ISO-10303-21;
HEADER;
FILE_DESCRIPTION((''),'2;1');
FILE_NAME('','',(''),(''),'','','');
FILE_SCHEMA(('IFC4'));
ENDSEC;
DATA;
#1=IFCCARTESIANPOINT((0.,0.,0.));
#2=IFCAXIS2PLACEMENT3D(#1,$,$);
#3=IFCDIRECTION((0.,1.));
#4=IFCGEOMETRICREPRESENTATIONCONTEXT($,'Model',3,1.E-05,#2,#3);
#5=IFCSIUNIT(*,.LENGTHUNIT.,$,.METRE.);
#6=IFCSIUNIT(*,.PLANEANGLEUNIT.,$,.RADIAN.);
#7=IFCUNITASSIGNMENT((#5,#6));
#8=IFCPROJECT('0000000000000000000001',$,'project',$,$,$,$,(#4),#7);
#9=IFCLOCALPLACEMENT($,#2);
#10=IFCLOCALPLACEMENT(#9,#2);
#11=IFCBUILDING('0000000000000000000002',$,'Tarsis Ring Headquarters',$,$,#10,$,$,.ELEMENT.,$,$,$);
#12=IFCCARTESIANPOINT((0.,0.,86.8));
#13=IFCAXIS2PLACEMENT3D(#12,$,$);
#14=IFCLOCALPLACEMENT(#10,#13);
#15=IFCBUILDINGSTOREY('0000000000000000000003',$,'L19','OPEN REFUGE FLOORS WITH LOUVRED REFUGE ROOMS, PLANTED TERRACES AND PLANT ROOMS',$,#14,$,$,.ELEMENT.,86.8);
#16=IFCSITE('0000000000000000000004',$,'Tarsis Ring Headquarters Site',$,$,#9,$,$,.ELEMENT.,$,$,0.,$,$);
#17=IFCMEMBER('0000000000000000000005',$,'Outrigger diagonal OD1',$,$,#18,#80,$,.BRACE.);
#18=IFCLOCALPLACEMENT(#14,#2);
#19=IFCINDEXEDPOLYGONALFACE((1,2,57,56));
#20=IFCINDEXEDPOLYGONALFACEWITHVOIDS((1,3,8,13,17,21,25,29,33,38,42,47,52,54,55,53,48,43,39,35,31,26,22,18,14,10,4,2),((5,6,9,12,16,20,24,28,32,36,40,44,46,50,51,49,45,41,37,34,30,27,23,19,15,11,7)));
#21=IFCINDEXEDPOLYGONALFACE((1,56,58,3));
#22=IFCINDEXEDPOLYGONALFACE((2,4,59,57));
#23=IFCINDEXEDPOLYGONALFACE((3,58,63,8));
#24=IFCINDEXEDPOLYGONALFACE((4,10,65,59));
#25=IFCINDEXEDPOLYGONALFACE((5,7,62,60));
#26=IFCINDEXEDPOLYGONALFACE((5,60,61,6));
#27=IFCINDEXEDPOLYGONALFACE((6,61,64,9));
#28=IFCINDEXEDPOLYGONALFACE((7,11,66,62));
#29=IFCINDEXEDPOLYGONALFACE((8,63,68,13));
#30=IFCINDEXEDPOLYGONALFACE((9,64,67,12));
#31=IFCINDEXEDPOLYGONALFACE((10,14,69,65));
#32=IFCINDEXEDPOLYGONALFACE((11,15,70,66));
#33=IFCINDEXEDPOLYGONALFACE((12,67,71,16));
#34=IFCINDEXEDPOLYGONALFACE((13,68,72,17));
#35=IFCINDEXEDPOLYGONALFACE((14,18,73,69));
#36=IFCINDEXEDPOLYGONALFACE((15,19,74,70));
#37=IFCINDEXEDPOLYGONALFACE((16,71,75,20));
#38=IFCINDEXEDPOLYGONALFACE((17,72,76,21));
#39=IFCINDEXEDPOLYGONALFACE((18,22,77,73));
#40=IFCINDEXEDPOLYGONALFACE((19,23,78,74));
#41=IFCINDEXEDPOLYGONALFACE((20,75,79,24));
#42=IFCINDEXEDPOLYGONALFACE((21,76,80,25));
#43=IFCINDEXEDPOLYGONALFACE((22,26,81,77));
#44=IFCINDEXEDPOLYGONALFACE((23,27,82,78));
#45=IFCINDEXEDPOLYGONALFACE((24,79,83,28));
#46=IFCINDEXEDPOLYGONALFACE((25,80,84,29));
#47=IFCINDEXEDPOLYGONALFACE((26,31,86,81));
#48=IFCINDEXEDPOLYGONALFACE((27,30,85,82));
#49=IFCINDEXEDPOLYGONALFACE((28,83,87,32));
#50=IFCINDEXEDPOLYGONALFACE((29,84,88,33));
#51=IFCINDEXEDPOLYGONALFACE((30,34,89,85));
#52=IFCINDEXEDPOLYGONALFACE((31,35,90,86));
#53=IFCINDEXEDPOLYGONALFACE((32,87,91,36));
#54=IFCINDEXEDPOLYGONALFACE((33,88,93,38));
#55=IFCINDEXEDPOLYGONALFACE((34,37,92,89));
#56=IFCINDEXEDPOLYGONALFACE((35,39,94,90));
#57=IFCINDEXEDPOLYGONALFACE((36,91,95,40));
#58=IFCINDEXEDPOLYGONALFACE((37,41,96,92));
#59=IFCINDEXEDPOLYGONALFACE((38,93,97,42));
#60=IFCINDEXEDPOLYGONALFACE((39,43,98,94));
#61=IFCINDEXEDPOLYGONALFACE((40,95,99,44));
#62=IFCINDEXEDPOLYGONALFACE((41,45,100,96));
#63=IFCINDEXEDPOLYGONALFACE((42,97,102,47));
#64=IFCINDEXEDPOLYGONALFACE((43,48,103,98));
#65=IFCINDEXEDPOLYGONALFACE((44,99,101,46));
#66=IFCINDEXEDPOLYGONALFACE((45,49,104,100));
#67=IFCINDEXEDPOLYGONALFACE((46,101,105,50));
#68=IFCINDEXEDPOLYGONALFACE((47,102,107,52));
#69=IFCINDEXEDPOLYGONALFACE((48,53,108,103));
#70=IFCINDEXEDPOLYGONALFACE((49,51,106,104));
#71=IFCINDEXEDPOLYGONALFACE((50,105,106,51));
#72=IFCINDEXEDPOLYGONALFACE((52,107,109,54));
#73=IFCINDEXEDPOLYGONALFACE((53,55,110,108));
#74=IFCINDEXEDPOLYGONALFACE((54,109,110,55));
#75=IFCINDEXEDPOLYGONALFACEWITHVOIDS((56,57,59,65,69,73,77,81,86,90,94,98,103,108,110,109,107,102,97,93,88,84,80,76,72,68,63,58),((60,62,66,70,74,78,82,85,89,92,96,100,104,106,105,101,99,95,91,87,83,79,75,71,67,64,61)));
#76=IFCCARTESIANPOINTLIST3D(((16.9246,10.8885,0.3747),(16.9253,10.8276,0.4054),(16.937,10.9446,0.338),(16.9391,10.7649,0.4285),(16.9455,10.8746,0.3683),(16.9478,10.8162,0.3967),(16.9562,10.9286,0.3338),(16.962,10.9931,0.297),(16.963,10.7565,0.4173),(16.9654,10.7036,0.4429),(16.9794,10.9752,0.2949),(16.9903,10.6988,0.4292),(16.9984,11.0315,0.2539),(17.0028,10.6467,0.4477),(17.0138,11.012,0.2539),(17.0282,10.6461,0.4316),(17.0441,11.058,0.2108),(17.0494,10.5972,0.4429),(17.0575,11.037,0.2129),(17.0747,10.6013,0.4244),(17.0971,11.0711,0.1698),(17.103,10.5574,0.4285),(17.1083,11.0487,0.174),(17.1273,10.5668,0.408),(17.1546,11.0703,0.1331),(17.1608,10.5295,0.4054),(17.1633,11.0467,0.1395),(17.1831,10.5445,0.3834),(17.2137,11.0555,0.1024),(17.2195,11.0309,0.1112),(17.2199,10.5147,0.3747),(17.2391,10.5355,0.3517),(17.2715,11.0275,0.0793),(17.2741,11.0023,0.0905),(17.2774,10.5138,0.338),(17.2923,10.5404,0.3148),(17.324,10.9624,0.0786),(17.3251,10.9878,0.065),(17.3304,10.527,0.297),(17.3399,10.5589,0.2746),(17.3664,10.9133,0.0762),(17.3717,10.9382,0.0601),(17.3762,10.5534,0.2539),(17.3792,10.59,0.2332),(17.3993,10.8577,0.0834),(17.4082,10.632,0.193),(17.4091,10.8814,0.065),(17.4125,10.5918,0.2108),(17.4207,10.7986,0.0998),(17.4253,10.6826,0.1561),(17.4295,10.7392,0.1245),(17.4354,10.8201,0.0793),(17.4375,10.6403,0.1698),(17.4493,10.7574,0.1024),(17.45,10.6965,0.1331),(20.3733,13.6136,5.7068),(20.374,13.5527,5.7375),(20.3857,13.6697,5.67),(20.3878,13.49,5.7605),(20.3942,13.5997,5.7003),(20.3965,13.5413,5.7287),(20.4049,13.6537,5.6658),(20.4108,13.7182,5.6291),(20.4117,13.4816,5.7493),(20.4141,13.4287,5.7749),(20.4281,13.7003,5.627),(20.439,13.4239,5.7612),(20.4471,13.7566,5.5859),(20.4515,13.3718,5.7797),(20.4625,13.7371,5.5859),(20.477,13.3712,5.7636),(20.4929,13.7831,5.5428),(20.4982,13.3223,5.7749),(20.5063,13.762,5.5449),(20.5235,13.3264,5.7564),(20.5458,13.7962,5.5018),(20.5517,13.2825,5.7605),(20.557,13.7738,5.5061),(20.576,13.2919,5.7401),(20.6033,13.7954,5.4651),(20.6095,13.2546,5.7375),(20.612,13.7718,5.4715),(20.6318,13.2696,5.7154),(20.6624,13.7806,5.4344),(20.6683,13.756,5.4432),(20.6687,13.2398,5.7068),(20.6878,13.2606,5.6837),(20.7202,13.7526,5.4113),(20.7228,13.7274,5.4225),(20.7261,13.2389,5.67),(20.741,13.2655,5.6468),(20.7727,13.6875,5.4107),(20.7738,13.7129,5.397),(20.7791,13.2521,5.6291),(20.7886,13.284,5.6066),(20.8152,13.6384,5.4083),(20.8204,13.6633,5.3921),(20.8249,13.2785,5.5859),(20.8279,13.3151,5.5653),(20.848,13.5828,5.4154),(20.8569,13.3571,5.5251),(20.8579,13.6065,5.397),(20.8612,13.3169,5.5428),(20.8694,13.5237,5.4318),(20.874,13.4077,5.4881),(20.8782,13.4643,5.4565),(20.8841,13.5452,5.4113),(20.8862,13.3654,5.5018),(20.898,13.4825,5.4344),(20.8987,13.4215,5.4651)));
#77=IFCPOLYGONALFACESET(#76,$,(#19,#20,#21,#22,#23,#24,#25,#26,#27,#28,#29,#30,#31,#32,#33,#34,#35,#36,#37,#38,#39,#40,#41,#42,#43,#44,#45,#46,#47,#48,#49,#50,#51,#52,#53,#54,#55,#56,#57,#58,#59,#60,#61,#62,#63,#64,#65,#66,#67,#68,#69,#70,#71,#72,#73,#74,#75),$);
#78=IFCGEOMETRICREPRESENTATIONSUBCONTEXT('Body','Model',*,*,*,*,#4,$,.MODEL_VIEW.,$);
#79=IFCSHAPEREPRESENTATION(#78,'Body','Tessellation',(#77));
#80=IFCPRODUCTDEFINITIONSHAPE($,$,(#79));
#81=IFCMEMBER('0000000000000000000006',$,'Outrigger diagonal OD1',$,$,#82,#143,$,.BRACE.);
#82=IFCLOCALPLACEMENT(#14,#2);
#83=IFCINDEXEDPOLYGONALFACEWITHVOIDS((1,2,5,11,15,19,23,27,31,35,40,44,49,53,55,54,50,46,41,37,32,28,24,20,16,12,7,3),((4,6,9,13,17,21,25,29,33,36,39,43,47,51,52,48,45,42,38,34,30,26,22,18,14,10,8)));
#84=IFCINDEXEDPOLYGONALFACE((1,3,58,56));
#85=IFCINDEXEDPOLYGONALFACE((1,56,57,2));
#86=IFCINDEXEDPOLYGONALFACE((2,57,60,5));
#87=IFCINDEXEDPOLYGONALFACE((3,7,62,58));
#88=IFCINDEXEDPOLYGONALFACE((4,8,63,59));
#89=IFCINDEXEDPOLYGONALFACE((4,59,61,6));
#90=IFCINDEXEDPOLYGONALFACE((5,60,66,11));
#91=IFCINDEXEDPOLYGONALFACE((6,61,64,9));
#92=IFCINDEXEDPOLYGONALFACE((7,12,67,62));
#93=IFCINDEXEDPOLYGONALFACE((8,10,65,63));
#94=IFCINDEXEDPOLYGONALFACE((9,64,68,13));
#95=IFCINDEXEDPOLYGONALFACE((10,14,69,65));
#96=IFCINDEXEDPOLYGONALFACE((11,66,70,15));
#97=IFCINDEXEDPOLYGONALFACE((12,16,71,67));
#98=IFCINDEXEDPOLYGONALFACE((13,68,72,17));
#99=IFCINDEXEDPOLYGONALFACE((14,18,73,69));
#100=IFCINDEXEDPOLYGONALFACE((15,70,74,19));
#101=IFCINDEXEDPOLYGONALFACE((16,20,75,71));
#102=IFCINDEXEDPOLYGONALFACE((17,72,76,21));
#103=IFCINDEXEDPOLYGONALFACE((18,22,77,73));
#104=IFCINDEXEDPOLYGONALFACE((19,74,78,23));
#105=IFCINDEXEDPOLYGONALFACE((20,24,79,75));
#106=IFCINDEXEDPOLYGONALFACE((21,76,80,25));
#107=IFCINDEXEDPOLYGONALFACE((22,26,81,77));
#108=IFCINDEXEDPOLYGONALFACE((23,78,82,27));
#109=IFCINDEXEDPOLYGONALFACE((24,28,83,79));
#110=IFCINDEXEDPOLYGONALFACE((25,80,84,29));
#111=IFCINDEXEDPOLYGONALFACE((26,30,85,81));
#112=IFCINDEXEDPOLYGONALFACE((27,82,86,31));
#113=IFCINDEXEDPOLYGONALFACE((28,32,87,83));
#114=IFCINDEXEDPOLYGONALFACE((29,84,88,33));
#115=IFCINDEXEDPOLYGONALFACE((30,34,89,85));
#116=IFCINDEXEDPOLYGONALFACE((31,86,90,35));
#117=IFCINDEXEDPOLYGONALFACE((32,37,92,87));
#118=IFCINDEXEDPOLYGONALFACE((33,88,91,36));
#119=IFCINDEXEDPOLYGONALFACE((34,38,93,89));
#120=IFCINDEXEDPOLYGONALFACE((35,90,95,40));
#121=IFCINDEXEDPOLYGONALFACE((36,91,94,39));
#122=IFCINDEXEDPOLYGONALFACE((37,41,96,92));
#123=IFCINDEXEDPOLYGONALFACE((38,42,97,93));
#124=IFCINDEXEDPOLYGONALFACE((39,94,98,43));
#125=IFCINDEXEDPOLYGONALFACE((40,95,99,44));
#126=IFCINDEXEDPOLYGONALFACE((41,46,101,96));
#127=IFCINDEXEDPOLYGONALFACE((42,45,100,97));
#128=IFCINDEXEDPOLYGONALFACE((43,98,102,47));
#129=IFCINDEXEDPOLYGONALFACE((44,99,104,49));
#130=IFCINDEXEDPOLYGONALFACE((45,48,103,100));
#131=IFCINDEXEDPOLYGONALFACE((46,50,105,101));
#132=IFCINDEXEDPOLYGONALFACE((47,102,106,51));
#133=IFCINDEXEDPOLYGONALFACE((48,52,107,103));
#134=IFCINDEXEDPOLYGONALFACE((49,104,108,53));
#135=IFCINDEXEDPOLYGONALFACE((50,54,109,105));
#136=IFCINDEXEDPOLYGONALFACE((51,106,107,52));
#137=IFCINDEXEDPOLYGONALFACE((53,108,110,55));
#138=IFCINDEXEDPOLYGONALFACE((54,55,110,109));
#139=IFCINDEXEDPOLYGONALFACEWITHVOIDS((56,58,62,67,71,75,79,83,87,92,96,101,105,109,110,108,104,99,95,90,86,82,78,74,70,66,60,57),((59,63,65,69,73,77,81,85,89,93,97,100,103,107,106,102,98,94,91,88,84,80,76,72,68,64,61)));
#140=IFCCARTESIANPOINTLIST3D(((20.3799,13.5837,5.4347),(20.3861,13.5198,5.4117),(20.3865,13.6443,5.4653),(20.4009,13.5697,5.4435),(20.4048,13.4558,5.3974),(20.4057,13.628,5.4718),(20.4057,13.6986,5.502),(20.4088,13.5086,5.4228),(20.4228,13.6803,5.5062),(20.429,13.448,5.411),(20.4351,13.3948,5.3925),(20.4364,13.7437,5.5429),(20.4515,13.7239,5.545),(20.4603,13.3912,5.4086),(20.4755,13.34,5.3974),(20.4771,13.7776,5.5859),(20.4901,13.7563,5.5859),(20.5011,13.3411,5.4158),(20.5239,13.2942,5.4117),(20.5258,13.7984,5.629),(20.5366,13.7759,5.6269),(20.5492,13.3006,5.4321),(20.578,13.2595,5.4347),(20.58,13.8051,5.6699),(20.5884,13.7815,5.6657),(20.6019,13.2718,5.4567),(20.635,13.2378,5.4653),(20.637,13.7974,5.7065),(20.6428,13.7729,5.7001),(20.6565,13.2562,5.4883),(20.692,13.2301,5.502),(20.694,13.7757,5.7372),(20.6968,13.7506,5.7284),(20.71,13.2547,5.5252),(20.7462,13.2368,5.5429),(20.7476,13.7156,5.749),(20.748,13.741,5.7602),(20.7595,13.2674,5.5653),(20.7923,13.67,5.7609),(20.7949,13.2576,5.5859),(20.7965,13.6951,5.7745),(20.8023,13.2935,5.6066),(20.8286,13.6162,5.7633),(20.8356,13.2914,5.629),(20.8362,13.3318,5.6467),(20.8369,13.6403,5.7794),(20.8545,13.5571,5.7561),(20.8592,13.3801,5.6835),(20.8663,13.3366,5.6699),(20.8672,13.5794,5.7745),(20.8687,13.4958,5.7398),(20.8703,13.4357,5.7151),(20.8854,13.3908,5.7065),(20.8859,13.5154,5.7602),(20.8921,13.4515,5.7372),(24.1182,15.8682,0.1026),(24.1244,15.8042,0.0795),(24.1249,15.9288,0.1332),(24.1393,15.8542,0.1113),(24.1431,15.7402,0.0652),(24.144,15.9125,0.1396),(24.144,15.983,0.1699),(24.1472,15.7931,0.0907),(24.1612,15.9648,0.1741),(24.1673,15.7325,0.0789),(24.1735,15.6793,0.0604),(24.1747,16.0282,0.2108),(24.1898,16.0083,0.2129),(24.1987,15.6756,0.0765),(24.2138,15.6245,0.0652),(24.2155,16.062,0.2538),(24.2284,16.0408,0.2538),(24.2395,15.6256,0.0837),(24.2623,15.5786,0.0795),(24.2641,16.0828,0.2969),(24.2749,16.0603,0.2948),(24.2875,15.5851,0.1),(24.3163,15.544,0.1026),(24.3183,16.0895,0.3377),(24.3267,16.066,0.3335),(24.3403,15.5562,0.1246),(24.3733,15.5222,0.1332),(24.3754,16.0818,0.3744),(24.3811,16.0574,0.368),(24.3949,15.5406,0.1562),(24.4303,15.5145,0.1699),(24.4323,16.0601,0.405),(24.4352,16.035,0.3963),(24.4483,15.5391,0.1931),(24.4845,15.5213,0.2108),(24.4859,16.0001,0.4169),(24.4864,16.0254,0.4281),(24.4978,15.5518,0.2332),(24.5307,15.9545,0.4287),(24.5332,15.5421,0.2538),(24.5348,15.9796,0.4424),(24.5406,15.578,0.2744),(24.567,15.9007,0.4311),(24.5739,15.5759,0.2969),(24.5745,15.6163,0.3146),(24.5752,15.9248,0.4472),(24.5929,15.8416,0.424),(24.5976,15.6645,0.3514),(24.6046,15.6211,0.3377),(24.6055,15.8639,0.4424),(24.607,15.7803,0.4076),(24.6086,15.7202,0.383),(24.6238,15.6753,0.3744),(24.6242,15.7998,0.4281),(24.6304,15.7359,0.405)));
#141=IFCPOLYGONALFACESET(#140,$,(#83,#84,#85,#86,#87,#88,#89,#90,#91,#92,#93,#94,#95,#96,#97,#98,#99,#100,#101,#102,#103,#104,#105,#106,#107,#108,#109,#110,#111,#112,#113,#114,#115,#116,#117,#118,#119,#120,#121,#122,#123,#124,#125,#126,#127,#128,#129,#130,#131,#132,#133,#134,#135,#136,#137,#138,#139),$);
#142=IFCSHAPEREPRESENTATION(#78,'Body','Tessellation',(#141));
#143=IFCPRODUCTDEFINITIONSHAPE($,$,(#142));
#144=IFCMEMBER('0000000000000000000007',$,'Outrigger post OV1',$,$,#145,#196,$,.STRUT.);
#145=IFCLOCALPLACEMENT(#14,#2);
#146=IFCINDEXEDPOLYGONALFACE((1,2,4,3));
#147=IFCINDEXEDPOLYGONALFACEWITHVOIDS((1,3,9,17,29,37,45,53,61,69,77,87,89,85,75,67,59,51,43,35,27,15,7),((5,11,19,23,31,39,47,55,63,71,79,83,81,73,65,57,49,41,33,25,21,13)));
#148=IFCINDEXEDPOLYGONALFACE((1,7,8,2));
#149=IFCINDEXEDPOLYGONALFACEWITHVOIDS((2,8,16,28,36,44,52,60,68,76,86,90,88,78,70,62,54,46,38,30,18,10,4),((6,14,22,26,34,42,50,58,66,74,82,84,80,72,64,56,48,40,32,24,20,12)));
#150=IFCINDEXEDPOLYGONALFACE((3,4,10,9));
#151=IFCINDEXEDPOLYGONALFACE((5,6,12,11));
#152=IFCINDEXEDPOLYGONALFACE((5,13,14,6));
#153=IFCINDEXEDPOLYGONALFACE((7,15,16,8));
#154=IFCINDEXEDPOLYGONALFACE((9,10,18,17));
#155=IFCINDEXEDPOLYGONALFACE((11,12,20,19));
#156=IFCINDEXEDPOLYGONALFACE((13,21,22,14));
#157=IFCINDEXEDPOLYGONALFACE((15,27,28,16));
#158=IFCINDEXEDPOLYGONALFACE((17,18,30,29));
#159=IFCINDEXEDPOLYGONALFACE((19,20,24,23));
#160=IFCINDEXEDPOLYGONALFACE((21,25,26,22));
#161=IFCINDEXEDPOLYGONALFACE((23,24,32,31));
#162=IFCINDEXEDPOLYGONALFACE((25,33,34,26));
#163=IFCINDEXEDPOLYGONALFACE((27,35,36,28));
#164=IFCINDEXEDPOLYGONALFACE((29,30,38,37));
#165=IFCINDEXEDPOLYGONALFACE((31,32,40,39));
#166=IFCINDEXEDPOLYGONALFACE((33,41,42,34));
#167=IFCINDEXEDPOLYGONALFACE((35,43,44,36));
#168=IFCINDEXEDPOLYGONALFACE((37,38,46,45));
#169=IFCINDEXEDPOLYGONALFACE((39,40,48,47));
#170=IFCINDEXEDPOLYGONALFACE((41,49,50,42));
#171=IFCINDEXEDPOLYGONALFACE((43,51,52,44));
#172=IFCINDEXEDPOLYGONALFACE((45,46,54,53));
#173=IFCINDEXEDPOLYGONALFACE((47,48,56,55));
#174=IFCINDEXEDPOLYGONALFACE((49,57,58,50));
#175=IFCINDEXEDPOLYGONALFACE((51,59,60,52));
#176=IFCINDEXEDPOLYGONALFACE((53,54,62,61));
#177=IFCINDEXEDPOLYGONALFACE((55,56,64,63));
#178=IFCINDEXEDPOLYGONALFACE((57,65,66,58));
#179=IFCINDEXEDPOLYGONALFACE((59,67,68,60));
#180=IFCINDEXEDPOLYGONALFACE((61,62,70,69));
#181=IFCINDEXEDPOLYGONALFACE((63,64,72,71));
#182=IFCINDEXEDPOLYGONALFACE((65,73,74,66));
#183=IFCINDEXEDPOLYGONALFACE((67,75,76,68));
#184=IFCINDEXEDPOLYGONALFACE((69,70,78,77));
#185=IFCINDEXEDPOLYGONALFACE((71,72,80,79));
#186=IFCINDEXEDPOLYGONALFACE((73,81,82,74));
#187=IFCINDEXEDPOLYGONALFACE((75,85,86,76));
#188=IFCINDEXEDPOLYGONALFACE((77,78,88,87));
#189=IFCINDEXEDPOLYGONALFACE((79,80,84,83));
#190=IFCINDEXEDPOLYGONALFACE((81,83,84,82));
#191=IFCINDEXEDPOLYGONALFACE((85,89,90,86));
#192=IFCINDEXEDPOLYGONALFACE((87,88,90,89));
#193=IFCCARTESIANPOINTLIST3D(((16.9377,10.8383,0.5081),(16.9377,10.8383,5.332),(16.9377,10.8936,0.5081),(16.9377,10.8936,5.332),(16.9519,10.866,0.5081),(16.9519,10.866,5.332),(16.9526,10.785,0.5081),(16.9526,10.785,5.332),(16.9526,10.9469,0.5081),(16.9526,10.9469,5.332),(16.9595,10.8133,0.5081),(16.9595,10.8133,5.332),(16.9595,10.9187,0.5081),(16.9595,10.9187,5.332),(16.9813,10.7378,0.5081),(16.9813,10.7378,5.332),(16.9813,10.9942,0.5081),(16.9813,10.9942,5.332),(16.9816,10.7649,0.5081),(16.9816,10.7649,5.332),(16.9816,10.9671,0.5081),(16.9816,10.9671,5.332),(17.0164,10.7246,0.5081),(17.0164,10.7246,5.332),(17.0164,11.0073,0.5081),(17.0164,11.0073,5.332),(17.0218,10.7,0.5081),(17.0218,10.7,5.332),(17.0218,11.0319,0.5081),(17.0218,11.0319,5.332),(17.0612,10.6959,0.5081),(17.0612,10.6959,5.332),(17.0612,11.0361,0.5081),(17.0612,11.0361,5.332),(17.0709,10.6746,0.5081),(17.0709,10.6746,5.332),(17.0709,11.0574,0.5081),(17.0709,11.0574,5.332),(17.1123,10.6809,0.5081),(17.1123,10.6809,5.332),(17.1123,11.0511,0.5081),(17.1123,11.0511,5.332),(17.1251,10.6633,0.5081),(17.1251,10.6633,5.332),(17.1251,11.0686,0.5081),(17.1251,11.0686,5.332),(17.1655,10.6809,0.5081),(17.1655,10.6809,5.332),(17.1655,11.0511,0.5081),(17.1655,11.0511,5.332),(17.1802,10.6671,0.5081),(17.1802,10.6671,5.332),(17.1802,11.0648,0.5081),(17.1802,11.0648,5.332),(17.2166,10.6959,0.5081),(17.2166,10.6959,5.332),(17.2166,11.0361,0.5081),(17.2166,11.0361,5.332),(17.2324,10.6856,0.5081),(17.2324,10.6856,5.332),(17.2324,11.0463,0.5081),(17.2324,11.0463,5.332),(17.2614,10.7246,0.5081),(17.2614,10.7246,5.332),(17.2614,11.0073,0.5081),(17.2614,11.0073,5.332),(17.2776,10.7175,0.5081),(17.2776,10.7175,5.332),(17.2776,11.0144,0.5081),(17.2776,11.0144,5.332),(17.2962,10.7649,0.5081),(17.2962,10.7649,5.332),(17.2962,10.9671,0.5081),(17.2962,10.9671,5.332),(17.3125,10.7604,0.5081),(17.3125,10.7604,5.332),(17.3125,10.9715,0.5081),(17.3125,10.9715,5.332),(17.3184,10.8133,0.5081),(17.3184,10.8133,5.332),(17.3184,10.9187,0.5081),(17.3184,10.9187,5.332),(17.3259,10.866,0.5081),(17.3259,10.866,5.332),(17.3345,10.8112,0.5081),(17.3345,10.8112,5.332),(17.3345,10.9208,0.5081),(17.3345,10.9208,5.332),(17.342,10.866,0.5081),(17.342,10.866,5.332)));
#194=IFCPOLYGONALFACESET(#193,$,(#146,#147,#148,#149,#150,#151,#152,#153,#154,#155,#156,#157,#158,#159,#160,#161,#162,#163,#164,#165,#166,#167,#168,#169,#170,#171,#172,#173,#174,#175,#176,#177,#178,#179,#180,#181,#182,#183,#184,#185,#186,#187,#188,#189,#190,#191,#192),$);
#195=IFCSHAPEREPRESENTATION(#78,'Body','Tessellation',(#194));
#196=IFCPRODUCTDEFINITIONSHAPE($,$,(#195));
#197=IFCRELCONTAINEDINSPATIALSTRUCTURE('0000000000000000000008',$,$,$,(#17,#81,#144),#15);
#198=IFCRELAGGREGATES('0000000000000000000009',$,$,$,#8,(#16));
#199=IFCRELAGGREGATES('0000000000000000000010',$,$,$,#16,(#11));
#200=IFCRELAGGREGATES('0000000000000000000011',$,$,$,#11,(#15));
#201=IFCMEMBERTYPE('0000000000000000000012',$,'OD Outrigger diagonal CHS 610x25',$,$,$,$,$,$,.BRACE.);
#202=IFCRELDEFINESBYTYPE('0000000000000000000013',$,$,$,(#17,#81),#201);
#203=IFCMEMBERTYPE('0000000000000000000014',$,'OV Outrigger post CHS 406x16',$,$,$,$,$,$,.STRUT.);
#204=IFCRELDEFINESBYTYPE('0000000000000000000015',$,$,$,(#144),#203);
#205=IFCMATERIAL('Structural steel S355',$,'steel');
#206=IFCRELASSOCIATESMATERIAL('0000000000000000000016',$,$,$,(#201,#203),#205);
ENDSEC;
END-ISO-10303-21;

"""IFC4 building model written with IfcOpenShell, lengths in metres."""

from ifc_helpers import new_model, si_unit, direction, frame, origin, origin_2d, place, context, subcontext, project, spatial, hollow_circle, extrude, material, material_profile, profile_set, type_object, element, save


model = new_model("IFC4")

# Units and contexts
model_context = context("Model", 3, precision=1e-05, world=origin(), true_north=direction((0.0, 1.0)))
body_context = subcontext(model_context, "Body", "Model", "MODEL_VIEW")
ifc_project = project(units=[si_unit("LENGTHUNIT", "METRE"), si_unit("PLANEANGLEUNIT", "RADIAN")], contexts=[model_context])

# Site, building, storey
site_placement = place(None, origin())
site = spatial("IfcSite", under=ifc_project, at=site_placement, Name="Tarsis Ring Headquarters Site", CompositionType="ELEMENT", RefElevation=0.0)
building_placement = place(site_placement, origin())
building = spatial("IfcBuilding", under=site, at=building_placement, Name="Tarsis Ring Headquarters", CompositionType="ELEMENT")
storey_placement = place(building_placement, frame((0.0, 0.0, 86.8)))
storey = spatial("IfcBuildingStorey", under=building, at=storey_placement, Name="L19", Description="OPEN REFUGE FLOORS WITH LOUVRED REFUGE ROOMS, PLANTED TERRACES AND PLANT ROOMS", CompositionType="ELEMENT", Elevation=86.8)

# Shared definitions
ifc_material_1 = material(Name="Structural steel S355", Category="steel")

# Members
ifc_material_profile_1 = material_profile(ifc_material_1, hollow_circle(Radius=0.3047, WallThickness=0.0249, at=origin_2d()), Name="CHS 610x25")
ifc_profile_set_1 = profile_set([ifc_material_profile_1], Name="Structural steel S355")
member_type_1 = type_object("IfcMemberType", Name="OD Outrigger diagonal CHS 610x25", PredefinedType="BRACE", material=ifc_profile_set_1)
member_1_placement = place(storey_placement, frame((17.1873, 10.7925, 0.2539), z_axis=(0.49908, 0.39436, 0.771621), x_axis=(-0.619983, 0.784615, 0.0)))
element("IfcMember", 1, at=member_1_placement, inside=storey, type_object=member_type_1, Name="Outrigger diagonal OD1", PredefinedType="BRACE", context=body_context, shape_type="SweptSolid", body=[
    extrude(hollow_circle(Radius=0.3047, WallThickness=0.0249, at=origin_2d()), origin(), (0.0, 0.0, 1.0), 6.9102),
])
member_2_placement = place(storey_placement, frame((20.636, 13.5176, 5.5859), z_axis=(0.541701, 0.331028, -0.772645), x_axis=(-0.521436, 0.85329, 0.0)))
element("IfcMember", 2, at=member_2_placement, inside=storey, type_object=member_type_1, Name="Outrigger diagonal OD1", PredefinedType="BRACE", context=body_context, shape_type="SweptSolid", body=[
    extrude(hollow_circle(Radius=0.3047, WallThickness=0.0249, at=origin_2d()), origin(), (0.0, 0.0, 1.0), 6.9011),
])
ifc_material_profile_2 = material_profile(ifc_material_1, hollow_circle(Radius=0.2031, WallThickness=0.0161, at=origin_2d()), Name="CHS 406x16")
ifc_profile_set_2 = profile_set([ifc_material_profile_2], Name="Structural steel S355")
member_type_2 = type_object("IfcMemberType", Name="OV Outrigger post CHS 406x16", PredefinedType="STRUT", material=ifc_profile_set_2)
for number, where, z_axis, x_axis, name in (
    (3, (17.1389, 10.866, 0.5081), (0.0, 0.0, 1.0), (1.0, 0.0, 0.0), "Outrigger post OV1"),
):
    element("IfcMember", number, at=place(storey_placement, frame(where, z_axis=z_axis, x_axis=x_axis)), inside=storey, type_object=member_type_2, Name=name, PredefinedType="STRUT", context=body_context, shape_type="SweptSolid", body=[
        extrude(hollow_circle(Radius=0.2031, WallThickness=0.0161, at=origin_2d()), origin(), (0.0, 0.0, 1.0), 4.824),
    ])

save(model, "model.ifc")
